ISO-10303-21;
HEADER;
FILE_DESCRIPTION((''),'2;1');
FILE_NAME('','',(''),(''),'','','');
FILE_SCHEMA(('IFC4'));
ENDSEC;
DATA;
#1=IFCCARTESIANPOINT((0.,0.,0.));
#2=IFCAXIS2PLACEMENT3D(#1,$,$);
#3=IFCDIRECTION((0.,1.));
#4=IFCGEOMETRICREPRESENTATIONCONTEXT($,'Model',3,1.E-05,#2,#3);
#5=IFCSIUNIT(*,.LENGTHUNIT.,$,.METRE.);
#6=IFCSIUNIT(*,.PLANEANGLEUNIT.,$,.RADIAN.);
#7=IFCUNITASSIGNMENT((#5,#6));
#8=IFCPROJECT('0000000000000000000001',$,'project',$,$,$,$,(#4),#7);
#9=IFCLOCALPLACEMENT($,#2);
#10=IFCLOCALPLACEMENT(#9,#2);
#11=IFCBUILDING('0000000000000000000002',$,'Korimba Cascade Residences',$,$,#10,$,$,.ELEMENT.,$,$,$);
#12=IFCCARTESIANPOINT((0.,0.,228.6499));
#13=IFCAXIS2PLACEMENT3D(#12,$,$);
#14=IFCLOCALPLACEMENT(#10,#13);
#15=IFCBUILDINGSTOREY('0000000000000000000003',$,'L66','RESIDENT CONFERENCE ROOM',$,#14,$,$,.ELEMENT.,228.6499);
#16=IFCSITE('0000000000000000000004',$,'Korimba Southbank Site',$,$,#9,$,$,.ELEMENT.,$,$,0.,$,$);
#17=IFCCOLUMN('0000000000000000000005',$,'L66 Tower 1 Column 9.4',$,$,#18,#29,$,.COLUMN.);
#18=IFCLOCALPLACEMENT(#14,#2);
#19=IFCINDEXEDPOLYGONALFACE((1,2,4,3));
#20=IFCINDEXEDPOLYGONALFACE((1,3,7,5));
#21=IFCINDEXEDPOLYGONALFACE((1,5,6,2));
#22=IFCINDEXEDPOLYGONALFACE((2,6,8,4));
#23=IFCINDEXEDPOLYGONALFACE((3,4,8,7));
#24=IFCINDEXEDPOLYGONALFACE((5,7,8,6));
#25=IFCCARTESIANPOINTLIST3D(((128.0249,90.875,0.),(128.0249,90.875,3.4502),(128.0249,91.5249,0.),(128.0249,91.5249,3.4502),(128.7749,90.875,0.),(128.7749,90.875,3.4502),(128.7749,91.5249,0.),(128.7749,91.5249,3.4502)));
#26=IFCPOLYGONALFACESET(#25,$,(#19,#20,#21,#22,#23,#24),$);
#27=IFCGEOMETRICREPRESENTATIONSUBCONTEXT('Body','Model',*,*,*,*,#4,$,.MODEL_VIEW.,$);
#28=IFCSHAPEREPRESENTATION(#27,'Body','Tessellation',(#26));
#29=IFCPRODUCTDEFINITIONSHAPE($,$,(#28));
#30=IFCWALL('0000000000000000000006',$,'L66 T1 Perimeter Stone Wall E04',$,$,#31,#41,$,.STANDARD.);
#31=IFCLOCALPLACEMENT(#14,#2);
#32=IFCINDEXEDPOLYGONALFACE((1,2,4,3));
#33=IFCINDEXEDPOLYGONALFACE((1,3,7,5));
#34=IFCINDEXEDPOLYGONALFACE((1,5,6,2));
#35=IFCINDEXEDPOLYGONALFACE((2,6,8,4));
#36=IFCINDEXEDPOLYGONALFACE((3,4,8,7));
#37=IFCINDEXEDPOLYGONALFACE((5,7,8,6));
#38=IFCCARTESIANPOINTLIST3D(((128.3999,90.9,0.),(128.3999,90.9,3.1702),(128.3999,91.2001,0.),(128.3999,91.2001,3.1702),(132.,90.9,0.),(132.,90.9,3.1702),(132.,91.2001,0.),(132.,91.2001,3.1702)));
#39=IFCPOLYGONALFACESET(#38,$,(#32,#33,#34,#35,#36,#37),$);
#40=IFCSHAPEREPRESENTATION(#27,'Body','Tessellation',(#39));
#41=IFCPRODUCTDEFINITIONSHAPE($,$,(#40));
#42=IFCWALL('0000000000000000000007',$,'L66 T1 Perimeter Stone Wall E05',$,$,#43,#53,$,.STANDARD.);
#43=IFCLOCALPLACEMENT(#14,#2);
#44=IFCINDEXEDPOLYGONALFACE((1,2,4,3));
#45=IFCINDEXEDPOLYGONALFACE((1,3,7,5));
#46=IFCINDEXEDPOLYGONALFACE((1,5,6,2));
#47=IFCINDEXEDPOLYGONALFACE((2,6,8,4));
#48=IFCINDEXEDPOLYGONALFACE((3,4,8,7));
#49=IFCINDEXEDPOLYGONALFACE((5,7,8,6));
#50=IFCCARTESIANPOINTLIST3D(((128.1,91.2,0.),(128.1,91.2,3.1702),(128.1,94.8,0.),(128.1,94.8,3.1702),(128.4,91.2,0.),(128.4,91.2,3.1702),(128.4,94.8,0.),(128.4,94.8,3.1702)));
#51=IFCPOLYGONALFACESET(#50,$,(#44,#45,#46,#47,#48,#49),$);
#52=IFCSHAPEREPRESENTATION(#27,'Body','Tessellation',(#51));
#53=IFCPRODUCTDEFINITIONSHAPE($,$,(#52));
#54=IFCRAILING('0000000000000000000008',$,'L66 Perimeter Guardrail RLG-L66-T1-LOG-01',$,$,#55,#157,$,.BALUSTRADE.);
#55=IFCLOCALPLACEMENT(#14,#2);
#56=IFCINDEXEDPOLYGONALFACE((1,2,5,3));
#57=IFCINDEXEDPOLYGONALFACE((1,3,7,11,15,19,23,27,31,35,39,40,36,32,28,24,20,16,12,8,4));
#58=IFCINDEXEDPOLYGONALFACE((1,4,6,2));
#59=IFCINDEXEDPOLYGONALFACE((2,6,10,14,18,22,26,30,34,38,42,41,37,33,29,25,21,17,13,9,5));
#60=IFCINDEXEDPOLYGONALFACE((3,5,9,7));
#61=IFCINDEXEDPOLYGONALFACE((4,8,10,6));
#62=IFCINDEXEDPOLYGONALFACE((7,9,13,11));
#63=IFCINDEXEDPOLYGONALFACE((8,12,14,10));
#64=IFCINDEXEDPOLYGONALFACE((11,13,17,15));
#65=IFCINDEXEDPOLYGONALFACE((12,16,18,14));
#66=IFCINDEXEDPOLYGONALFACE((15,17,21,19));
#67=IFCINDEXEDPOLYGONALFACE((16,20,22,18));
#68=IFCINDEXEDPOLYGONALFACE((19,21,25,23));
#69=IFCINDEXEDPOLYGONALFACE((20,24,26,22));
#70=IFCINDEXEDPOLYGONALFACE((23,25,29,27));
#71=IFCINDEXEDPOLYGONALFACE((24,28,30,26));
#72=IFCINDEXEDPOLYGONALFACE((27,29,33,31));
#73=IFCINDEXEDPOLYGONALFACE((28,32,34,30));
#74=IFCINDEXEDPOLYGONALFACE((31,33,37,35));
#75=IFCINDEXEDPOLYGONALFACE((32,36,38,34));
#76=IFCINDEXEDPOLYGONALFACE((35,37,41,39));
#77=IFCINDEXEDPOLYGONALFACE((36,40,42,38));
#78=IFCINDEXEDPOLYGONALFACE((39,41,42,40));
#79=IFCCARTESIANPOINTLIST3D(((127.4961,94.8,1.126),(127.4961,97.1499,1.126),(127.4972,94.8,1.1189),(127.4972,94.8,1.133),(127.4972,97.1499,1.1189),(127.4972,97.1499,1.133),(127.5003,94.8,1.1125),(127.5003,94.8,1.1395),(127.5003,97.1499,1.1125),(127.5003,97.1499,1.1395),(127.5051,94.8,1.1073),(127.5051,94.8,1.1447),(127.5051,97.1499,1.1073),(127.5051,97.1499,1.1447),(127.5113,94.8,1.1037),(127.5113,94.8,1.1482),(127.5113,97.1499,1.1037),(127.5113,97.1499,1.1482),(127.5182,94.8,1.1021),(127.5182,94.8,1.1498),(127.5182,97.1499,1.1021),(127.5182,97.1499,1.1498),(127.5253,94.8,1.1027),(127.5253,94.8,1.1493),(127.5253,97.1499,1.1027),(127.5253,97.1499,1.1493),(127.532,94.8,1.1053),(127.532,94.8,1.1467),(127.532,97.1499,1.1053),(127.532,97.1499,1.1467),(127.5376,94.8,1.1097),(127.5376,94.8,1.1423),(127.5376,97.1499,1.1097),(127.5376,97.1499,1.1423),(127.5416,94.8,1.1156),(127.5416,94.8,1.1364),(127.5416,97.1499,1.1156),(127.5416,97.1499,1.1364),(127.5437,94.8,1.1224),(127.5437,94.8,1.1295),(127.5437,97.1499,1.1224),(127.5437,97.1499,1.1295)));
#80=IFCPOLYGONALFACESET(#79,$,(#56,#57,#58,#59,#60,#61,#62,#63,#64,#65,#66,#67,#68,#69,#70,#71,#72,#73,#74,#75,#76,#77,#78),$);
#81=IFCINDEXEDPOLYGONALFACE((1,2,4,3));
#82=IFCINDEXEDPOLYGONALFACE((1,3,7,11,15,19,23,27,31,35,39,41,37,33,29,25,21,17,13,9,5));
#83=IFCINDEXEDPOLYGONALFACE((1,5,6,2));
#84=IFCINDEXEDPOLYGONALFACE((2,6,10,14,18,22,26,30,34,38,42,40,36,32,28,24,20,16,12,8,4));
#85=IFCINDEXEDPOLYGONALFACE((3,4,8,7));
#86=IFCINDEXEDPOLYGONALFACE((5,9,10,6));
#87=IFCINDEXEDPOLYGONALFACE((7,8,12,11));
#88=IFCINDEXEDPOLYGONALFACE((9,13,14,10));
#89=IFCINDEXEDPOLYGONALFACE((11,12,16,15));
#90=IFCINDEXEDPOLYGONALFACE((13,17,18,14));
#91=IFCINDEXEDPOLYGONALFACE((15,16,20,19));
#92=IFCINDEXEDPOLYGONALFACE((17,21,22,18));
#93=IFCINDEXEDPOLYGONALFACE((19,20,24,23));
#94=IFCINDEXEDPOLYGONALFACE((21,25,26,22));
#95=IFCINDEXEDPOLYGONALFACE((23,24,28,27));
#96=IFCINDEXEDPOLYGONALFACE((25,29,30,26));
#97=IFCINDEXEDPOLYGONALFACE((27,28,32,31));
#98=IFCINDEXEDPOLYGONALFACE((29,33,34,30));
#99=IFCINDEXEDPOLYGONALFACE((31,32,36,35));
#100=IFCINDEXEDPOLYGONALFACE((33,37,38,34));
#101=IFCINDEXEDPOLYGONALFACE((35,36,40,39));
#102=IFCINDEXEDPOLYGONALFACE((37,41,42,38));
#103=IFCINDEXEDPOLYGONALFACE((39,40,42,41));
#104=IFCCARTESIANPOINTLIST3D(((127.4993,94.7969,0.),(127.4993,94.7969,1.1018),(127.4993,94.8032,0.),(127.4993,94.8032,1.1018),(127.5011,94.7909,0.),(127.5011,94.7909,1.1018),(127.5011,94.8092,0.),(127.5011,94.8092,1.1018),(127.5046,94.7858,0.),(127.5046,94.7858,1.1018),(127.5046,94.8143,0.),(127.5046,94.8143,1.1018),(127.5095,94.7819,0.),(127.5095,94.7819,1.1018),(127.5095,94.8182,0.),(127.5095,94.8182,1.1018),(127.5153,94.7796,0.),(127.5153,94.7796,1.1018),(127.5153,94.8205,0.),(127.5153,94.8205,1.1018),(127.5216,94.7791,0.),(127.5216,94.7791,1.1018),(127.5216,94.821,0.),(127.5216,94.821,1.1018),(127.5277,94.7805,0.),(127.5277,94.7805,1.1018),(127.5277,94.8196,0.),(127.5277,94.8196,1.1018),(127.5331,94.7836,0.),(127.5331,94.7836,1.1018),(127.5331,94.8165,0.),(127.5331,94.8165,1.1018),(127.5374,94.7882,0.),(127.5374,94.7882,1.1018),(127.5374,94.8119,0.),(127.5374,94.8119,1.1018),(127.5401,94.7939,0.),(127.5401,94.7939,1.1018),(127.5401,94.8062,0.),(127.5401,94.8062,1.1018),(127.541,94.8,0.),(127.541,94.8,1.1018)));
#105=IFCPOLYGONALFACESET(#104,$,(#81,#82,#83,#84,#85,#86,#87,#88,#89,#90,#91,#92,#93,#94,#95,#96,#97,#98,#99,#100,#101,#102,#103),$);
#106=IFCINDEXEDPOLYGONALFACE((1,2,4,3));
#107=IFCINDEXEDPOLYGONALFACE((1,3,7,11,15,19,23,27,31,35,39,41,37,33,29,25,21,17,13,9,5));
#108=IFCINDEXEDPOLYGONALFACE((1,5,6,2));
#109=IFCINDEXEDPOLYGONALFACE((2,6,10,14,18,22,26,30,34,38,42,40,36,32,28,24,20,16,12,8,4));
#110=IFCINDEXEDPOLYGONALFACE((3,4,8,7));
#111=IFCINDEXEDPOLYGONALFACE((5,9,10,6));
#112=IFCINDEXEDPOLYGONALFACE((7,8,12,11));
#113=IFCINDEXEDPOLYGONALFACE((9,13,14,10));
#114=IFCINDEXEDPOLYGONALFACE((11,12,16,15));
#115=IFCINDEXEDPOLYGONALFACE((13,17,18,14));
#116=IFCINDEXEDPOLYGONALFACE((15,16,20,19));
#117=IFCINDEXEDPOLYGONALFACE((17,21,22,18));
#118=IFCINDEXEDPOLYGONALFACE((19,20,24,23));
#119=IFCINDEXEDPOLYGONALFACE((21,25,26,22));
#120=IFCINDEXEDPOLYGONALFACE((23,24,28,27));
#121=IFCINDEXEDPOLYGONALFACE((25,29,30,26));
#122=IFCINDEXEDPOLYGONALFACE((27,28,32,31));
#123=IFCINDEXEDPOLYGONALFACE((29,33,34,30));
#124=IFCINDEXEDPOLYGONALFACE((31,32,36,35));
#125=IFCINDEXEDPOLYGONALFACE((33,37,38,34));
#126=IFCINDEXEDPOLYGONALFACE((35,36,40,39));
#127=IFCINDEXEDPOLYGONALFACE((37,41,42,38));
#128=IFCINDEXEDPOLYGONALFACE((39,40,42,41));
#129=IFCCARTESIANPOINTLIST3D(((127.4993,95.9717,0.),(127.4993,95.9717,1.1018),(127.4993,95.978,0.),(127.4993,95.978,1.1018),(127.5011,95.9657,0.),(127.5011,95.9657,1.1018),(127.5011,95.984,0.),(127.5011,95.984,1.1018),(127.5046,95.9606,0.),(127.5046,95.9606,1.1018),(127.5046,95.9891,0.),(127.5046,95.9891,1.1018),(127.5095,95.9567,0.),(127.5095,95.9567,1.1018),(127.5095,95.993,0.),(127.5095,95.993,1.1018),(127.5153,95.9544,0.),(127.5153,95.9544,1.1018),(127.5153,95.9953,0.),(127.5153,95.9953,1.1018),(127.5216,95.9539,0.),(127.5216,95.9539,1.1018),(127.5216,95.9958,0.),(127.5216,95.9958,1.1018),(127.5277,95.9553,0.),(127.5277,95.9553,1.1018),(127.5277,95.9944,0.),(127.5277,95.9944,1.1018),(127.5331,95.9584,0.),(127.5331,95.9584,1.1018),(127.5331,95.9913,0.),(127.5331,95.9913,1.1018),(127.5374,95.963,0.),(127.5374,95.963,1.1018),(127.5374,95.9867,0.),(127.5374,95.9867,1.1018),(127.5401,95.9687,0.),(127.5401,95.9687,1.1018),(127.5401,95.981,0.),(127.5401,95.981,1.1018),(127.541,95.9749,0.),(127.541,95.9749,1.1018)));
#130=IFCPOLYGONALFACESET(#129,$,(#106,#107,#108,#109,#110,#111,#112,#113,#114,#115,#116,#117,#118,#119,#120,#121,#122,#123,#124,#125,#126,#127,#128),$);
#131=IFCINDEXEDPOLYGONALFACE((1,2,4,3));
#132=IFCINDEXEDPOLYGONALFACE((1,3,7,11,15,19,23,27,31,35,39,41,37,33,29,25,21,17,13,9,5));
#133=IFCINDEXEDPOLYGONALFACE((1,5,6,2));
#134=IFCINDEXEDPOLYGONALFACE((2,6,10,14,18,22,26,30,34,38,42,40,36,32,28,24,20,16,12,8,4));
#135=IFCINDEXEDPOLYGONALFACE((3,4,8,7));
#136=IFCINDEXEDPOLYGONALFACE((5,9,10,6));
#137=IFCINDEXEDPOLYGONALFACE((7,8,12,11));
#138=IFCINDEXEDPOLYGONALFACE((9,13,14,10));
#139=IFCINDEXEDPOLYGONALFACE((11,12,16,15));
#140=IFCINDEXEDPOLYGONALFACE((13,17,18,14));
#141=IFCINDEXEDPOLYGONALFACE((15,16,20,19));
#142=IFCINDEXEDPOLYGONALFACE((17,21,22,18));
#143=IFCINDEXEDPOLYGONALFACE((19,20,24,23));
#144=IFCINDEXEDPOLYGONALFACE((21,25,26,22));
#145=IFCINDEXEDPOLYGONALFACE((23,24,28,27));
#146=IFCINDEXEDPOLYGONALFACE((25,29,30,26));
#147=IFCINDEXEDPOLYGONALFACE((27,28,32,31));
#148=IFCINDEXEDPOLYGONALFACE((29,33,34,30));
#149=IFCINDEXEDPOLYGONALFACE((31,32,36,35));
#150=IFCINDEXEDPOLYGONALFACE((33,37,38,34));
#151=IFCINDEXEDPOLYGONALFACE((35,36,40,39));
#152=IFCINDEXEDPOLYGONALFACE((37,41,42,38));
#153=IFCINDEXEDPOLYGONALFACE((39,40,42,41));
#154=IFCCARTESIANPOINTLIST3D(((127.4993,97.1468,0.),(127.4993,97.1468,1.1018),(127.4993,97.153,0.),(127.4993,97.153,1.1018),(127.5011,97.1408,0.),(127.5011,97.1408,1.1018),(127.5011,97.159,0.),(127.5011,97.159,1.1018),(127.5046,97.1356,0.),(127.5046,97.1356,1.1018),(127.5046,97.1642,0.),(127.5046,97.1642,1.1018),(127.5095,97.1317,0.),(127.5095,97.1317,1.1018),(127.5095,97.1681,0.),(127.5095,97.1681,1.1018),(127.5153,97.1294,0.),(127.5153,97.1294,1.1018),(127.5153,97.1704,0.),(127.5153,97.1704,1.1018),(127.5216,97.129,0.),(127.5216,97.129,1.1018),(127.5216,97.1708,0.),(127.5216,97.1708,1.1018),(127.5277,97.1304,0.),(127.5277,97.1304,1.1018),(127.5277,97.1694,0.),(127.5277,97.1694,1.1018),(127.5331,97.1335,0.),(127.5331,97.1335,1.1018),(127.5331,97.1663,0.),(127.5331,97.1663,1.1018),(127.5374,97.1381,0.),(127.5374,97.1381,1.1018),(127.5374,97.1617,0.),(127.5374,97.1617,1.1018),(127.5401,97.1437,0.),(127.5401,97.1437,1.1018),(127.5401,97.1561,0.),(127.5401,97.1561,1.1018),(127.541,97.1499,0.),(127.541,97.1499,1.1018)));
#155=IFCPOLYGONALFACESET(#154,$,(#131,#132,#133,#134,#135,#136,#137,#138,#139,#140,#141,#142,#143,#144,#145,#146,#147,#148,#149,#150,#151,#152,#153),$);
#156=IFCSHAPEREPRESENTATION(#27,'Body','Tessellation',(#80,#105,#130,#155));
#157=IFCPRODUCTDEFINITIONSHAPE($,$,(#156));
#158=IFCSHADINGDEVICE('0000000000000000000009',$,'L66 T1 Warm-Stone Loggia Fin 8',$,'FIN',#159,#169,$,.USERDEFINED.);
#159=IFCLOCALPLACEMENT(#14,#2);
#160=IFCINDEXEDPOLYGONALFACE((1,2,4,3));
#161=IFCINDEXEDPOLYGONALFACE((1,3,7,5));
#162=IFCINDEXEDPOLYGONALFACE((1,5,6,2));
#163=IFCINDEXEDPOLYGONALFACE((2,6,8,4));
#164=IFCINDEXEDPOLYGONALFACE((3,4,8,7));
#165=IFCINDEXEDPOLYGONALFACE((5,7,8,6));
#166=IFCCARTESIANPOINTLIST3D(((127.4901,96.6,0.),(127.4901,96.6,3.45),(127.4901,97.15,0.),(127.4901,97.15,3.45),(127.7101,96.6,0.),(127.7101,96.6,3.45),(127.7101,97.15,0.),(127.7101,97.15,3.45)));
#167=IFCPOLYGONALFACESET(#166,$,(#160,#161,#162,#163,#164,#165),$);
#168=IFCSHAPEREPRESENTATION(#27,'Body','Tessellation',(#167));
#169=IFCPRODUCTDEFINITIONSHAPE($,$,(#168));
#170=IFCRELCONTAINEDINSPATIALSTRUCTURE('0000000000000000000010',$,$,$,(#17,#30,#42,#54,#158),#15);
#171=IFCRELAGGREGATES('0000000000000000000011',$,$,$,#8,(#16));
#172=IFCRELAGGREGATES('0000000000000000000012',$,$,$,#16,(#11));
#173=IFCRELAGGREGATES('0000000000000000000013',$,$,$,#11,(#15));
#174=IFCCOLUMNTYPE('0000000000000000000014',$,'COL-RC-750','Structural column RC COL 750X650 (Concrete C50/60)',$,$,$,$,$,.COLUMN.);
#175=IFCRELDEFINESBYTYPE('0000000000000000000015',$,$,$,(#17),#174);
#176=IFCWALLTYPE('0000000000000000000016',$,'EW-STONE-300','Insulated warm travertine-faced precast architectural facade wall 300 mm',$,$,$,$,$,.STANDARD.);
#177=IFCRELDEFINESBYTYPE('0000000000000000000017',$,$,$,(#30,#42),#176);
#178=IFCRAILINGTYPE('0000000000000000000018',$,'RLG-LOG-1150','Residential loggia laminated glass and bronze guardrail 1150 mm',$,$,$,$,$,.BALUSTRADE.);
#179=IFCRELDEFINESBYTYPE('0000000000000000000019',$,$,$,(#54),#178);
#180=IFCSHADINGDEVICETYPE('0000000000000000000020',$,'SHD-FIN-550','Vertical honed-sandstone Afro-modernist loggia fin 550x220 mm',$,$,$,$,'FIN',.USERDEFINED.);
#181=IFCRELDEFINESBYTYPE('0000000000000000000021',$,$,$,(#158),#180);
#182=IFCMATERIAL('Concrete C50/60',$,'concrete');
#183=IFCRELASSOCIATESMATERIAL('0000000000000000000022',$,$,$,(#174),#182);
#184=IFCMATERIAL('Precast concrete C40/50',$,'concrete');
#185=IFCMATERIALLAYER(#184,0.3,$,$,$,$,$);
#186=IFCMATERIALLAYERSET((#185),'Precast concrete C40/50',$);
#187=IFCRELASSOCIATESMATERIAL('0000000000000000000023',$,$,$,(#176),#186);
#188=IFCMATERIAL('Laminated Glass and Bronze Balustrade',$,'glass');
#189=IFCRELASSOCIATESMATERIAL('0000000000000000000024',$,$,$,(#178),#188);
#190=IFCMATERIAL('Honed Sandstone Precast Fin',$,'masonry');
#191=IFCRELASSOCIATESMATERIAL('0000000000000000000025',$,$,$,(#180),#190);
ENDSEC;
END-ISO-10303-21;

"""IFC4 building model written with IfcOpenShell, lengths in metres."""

from ifc_helpers import new_model, si_unit, direction, frame, frame_2d, origin, origin_2d, place, context, subcontext, project, spatial, rectangle, circle, extrude, material, layer, layer_set, material_profile, profile_set, type_object, element, save


model = new_model("IFC4")

# Units and contexts
model_context = context("Model", 3, precision=1e-05, world=origin(), true_north=direction((0.0, 1.0)))
body_context = subcontext(model_context, "Body", "Model", "MODEL_VIEW")
ifc_project = project(units=[si_unit("LENGTHUNIT", "METRE"), si_unit("PLANEANGLEUNIT", "RADIAN")], contexts=[model_context])

# Site, building, storey
site_placement = place(None, origin())
site = spatial("IfcSite", under=ifc_project, at=site_placement, Name="Korimba Southbank Site", CompositionType="ELEMENT", RefElevation=0.0)
building_placement = place(site_placement, origin())
building = spatial("IfcBuilding", under=site, at=building_placement, Name="Korimba Cascade Residences", CompositionType="ELEMENT")
storey_placement = place(building_placement, frame((0.0, 0.0, 228.6499)))
storey = spatial("IfcBuildingStorey", under=building, at=storey_placement, Name="L66", Description="RESIDENT CONFERENCE ROOM", CompositionType="ELEMENT", Elevation=228.6499)

# Column
ifc_material_1 = material(Name="Concrete C50/60", Category="concrete")
ifc_material_profile = material_profile(ifc_material_1, rectangle(XDim=0.75, YDim=0.6499, at=origin_2d()), Name="Concrete C50/60")
ifc_profile_set = profile_set([ifc_material_profile], Name="Concrete C50/60")
column_type = type_object("IfcColumnType", Name="COL-RC-750", Description="Structural column RC COL 750X650 (Concrete C50/60)", PredefinedType="COLUMN", material=ifc_profile_set)
column_placement = place(storey_placement, frame((128.3999, 91.2, 0.0), z_axis=(0.0, 0.0, 1.0), x_axis=(1.0, 0.0, 0.0)))
element("IfcColumn", 1, at=column_placement, inside=storey, type_object=column_type, Name="L66 Tower 1 Column 9.4", PredefinedType="COLUMN", context=body_context, shape_type="SweptSolid", body=[
    extrude(rectangle(XDim=0.75, YDim=0.6499, at=origin_2d()), origin(), (0.0, 0.0, 1.0), 3.4502),
])

# Shared definitions
ifc_material_2 = material(Name="Precast concrete C40/50", Category="concrete")

# Walls
ifc_layer_1 = layer(ifc_material_2, 0.3)
ifc_layer_set_1 = layer_set([ifc_layer_1], Name="Precast concrete C40/50")
wall_type_1 = type_object("IfcWallType", Name="EW-STONE-300", Description="Insulated warm travertine-faced precast architectural facade wall 300 mm", PredefinedType="STANDARD", material=ifc_layer_set_1)
for number, where, z_axis, x_axis, name in (
    (2, (132.0, 91.05, 0.0), (0.0, 0.0, 1.0), (-1.0, 0.0, 0.0), "L66 T1 Perimeter Stone Wall E04"),
    (3, (128.25, 91.2, 0.0), (0.0, 0.0, 1.0), (0.0, 1.0, 0.0), "L66 T1 Perimeter Stone Wall E05"),
):
    element("IfcWall", number, at=place(storey_placement, frame(where, z_axis=z_axis, x_axis=x_axis)), inside=storey, type_object=wall_type_1, Name=name, PredefinedType="STANDARD", context=body_context, shape_type="SweptSolid", body=[
        extrude(rectangle(XDim=3.6001, YDim=0.3, at=frame_2d((1.8, 0.0))), origin(), (0.0, 0.0, 1.0), 3.1702),
    ])

# Railing
ifc_material_3 = material(Name="Laminated Glass and Bronze Balustrade", Category="glass")
railing_type = type_object("IfcRailingType", Name="RLG-LOG-1150", Description="Residential loggia laminated glass and bronze guardrail 1150 mm", PredefinedType="BALUSTRADE", material=ifc_material_3)
railing_1_placement = place(storey_placement, frame((127.52, 94.8, 0.0)))
element("IfcRailing", 4, at=railing_1_placement, inside=storey, type_object=railing_type, Name="L66 Perimeter Guardrail RLG-L66-T1-LOG-01", PredefinedType="BALUSTRADE", context=body_context, shape_type="SweptSolid", body=[
    extrude(circle(Radius=0.0239, at=origin_2d()), frame((0.0, 0.0, 1.126), z_axis=(0.0, 1.0, 0.0), x_axis=(-1.0, 0.0, 0.0)), (0.0, 0.0, 1.0), 2.3499),
    extrude(circle(Radius=0.021, at=origin_2d()), origin(), (0.0, 0.0, 1.0), 1.1018),
    extrude(circle(Radius=0.021, at=origin_2d()), frame((0.0, 1.1748, 0.0)), (0.0, 0.0, 1.0), 1.1018),
    extrude(circle(Radius=0.021, at=origin_2d()), frame((0.0, 2.3499, 0.0)), (0.0, 0.0, 1.0), 1.1018),
])

# Shading device
ifc_material_4 = material(Name="Honed Sandstone Precast Fin", Category="masonry")
shading_device_type = type_object("IfcShadingDeviceType", Name="SHD-FIN-550", Description="Vertical honed-sandstone Afro-modernist loggia fin 550x220 mm", ElementType="FIN", PredefinedType="USERDEFINED", material=ifc_material_4)
shading_device_placement = place(storey_placement, frame((127.6001, 96.875, 0.0), z_axis=(0.0, 0.0, 1.0), x_axis=(1.0, 0.0, 0.0)))
element("IfcShadingDevice", 5, at=shading_device_placement, inside=storey, type_object=shading_device_type, Name="L66 T1 Warm-Stone Loggia Fin 8", ObjectType="FIN", PredefinedType="USERDEFINED", context=body_context, shape_type="SweptSolid", body=[
    extrude(rectangle(XDim=0.22, YDim=0.55, at=origin_2d()), origin(), (0.0, 0.0, 1.0), 3.45),
])

save(model, "model.ifc")
